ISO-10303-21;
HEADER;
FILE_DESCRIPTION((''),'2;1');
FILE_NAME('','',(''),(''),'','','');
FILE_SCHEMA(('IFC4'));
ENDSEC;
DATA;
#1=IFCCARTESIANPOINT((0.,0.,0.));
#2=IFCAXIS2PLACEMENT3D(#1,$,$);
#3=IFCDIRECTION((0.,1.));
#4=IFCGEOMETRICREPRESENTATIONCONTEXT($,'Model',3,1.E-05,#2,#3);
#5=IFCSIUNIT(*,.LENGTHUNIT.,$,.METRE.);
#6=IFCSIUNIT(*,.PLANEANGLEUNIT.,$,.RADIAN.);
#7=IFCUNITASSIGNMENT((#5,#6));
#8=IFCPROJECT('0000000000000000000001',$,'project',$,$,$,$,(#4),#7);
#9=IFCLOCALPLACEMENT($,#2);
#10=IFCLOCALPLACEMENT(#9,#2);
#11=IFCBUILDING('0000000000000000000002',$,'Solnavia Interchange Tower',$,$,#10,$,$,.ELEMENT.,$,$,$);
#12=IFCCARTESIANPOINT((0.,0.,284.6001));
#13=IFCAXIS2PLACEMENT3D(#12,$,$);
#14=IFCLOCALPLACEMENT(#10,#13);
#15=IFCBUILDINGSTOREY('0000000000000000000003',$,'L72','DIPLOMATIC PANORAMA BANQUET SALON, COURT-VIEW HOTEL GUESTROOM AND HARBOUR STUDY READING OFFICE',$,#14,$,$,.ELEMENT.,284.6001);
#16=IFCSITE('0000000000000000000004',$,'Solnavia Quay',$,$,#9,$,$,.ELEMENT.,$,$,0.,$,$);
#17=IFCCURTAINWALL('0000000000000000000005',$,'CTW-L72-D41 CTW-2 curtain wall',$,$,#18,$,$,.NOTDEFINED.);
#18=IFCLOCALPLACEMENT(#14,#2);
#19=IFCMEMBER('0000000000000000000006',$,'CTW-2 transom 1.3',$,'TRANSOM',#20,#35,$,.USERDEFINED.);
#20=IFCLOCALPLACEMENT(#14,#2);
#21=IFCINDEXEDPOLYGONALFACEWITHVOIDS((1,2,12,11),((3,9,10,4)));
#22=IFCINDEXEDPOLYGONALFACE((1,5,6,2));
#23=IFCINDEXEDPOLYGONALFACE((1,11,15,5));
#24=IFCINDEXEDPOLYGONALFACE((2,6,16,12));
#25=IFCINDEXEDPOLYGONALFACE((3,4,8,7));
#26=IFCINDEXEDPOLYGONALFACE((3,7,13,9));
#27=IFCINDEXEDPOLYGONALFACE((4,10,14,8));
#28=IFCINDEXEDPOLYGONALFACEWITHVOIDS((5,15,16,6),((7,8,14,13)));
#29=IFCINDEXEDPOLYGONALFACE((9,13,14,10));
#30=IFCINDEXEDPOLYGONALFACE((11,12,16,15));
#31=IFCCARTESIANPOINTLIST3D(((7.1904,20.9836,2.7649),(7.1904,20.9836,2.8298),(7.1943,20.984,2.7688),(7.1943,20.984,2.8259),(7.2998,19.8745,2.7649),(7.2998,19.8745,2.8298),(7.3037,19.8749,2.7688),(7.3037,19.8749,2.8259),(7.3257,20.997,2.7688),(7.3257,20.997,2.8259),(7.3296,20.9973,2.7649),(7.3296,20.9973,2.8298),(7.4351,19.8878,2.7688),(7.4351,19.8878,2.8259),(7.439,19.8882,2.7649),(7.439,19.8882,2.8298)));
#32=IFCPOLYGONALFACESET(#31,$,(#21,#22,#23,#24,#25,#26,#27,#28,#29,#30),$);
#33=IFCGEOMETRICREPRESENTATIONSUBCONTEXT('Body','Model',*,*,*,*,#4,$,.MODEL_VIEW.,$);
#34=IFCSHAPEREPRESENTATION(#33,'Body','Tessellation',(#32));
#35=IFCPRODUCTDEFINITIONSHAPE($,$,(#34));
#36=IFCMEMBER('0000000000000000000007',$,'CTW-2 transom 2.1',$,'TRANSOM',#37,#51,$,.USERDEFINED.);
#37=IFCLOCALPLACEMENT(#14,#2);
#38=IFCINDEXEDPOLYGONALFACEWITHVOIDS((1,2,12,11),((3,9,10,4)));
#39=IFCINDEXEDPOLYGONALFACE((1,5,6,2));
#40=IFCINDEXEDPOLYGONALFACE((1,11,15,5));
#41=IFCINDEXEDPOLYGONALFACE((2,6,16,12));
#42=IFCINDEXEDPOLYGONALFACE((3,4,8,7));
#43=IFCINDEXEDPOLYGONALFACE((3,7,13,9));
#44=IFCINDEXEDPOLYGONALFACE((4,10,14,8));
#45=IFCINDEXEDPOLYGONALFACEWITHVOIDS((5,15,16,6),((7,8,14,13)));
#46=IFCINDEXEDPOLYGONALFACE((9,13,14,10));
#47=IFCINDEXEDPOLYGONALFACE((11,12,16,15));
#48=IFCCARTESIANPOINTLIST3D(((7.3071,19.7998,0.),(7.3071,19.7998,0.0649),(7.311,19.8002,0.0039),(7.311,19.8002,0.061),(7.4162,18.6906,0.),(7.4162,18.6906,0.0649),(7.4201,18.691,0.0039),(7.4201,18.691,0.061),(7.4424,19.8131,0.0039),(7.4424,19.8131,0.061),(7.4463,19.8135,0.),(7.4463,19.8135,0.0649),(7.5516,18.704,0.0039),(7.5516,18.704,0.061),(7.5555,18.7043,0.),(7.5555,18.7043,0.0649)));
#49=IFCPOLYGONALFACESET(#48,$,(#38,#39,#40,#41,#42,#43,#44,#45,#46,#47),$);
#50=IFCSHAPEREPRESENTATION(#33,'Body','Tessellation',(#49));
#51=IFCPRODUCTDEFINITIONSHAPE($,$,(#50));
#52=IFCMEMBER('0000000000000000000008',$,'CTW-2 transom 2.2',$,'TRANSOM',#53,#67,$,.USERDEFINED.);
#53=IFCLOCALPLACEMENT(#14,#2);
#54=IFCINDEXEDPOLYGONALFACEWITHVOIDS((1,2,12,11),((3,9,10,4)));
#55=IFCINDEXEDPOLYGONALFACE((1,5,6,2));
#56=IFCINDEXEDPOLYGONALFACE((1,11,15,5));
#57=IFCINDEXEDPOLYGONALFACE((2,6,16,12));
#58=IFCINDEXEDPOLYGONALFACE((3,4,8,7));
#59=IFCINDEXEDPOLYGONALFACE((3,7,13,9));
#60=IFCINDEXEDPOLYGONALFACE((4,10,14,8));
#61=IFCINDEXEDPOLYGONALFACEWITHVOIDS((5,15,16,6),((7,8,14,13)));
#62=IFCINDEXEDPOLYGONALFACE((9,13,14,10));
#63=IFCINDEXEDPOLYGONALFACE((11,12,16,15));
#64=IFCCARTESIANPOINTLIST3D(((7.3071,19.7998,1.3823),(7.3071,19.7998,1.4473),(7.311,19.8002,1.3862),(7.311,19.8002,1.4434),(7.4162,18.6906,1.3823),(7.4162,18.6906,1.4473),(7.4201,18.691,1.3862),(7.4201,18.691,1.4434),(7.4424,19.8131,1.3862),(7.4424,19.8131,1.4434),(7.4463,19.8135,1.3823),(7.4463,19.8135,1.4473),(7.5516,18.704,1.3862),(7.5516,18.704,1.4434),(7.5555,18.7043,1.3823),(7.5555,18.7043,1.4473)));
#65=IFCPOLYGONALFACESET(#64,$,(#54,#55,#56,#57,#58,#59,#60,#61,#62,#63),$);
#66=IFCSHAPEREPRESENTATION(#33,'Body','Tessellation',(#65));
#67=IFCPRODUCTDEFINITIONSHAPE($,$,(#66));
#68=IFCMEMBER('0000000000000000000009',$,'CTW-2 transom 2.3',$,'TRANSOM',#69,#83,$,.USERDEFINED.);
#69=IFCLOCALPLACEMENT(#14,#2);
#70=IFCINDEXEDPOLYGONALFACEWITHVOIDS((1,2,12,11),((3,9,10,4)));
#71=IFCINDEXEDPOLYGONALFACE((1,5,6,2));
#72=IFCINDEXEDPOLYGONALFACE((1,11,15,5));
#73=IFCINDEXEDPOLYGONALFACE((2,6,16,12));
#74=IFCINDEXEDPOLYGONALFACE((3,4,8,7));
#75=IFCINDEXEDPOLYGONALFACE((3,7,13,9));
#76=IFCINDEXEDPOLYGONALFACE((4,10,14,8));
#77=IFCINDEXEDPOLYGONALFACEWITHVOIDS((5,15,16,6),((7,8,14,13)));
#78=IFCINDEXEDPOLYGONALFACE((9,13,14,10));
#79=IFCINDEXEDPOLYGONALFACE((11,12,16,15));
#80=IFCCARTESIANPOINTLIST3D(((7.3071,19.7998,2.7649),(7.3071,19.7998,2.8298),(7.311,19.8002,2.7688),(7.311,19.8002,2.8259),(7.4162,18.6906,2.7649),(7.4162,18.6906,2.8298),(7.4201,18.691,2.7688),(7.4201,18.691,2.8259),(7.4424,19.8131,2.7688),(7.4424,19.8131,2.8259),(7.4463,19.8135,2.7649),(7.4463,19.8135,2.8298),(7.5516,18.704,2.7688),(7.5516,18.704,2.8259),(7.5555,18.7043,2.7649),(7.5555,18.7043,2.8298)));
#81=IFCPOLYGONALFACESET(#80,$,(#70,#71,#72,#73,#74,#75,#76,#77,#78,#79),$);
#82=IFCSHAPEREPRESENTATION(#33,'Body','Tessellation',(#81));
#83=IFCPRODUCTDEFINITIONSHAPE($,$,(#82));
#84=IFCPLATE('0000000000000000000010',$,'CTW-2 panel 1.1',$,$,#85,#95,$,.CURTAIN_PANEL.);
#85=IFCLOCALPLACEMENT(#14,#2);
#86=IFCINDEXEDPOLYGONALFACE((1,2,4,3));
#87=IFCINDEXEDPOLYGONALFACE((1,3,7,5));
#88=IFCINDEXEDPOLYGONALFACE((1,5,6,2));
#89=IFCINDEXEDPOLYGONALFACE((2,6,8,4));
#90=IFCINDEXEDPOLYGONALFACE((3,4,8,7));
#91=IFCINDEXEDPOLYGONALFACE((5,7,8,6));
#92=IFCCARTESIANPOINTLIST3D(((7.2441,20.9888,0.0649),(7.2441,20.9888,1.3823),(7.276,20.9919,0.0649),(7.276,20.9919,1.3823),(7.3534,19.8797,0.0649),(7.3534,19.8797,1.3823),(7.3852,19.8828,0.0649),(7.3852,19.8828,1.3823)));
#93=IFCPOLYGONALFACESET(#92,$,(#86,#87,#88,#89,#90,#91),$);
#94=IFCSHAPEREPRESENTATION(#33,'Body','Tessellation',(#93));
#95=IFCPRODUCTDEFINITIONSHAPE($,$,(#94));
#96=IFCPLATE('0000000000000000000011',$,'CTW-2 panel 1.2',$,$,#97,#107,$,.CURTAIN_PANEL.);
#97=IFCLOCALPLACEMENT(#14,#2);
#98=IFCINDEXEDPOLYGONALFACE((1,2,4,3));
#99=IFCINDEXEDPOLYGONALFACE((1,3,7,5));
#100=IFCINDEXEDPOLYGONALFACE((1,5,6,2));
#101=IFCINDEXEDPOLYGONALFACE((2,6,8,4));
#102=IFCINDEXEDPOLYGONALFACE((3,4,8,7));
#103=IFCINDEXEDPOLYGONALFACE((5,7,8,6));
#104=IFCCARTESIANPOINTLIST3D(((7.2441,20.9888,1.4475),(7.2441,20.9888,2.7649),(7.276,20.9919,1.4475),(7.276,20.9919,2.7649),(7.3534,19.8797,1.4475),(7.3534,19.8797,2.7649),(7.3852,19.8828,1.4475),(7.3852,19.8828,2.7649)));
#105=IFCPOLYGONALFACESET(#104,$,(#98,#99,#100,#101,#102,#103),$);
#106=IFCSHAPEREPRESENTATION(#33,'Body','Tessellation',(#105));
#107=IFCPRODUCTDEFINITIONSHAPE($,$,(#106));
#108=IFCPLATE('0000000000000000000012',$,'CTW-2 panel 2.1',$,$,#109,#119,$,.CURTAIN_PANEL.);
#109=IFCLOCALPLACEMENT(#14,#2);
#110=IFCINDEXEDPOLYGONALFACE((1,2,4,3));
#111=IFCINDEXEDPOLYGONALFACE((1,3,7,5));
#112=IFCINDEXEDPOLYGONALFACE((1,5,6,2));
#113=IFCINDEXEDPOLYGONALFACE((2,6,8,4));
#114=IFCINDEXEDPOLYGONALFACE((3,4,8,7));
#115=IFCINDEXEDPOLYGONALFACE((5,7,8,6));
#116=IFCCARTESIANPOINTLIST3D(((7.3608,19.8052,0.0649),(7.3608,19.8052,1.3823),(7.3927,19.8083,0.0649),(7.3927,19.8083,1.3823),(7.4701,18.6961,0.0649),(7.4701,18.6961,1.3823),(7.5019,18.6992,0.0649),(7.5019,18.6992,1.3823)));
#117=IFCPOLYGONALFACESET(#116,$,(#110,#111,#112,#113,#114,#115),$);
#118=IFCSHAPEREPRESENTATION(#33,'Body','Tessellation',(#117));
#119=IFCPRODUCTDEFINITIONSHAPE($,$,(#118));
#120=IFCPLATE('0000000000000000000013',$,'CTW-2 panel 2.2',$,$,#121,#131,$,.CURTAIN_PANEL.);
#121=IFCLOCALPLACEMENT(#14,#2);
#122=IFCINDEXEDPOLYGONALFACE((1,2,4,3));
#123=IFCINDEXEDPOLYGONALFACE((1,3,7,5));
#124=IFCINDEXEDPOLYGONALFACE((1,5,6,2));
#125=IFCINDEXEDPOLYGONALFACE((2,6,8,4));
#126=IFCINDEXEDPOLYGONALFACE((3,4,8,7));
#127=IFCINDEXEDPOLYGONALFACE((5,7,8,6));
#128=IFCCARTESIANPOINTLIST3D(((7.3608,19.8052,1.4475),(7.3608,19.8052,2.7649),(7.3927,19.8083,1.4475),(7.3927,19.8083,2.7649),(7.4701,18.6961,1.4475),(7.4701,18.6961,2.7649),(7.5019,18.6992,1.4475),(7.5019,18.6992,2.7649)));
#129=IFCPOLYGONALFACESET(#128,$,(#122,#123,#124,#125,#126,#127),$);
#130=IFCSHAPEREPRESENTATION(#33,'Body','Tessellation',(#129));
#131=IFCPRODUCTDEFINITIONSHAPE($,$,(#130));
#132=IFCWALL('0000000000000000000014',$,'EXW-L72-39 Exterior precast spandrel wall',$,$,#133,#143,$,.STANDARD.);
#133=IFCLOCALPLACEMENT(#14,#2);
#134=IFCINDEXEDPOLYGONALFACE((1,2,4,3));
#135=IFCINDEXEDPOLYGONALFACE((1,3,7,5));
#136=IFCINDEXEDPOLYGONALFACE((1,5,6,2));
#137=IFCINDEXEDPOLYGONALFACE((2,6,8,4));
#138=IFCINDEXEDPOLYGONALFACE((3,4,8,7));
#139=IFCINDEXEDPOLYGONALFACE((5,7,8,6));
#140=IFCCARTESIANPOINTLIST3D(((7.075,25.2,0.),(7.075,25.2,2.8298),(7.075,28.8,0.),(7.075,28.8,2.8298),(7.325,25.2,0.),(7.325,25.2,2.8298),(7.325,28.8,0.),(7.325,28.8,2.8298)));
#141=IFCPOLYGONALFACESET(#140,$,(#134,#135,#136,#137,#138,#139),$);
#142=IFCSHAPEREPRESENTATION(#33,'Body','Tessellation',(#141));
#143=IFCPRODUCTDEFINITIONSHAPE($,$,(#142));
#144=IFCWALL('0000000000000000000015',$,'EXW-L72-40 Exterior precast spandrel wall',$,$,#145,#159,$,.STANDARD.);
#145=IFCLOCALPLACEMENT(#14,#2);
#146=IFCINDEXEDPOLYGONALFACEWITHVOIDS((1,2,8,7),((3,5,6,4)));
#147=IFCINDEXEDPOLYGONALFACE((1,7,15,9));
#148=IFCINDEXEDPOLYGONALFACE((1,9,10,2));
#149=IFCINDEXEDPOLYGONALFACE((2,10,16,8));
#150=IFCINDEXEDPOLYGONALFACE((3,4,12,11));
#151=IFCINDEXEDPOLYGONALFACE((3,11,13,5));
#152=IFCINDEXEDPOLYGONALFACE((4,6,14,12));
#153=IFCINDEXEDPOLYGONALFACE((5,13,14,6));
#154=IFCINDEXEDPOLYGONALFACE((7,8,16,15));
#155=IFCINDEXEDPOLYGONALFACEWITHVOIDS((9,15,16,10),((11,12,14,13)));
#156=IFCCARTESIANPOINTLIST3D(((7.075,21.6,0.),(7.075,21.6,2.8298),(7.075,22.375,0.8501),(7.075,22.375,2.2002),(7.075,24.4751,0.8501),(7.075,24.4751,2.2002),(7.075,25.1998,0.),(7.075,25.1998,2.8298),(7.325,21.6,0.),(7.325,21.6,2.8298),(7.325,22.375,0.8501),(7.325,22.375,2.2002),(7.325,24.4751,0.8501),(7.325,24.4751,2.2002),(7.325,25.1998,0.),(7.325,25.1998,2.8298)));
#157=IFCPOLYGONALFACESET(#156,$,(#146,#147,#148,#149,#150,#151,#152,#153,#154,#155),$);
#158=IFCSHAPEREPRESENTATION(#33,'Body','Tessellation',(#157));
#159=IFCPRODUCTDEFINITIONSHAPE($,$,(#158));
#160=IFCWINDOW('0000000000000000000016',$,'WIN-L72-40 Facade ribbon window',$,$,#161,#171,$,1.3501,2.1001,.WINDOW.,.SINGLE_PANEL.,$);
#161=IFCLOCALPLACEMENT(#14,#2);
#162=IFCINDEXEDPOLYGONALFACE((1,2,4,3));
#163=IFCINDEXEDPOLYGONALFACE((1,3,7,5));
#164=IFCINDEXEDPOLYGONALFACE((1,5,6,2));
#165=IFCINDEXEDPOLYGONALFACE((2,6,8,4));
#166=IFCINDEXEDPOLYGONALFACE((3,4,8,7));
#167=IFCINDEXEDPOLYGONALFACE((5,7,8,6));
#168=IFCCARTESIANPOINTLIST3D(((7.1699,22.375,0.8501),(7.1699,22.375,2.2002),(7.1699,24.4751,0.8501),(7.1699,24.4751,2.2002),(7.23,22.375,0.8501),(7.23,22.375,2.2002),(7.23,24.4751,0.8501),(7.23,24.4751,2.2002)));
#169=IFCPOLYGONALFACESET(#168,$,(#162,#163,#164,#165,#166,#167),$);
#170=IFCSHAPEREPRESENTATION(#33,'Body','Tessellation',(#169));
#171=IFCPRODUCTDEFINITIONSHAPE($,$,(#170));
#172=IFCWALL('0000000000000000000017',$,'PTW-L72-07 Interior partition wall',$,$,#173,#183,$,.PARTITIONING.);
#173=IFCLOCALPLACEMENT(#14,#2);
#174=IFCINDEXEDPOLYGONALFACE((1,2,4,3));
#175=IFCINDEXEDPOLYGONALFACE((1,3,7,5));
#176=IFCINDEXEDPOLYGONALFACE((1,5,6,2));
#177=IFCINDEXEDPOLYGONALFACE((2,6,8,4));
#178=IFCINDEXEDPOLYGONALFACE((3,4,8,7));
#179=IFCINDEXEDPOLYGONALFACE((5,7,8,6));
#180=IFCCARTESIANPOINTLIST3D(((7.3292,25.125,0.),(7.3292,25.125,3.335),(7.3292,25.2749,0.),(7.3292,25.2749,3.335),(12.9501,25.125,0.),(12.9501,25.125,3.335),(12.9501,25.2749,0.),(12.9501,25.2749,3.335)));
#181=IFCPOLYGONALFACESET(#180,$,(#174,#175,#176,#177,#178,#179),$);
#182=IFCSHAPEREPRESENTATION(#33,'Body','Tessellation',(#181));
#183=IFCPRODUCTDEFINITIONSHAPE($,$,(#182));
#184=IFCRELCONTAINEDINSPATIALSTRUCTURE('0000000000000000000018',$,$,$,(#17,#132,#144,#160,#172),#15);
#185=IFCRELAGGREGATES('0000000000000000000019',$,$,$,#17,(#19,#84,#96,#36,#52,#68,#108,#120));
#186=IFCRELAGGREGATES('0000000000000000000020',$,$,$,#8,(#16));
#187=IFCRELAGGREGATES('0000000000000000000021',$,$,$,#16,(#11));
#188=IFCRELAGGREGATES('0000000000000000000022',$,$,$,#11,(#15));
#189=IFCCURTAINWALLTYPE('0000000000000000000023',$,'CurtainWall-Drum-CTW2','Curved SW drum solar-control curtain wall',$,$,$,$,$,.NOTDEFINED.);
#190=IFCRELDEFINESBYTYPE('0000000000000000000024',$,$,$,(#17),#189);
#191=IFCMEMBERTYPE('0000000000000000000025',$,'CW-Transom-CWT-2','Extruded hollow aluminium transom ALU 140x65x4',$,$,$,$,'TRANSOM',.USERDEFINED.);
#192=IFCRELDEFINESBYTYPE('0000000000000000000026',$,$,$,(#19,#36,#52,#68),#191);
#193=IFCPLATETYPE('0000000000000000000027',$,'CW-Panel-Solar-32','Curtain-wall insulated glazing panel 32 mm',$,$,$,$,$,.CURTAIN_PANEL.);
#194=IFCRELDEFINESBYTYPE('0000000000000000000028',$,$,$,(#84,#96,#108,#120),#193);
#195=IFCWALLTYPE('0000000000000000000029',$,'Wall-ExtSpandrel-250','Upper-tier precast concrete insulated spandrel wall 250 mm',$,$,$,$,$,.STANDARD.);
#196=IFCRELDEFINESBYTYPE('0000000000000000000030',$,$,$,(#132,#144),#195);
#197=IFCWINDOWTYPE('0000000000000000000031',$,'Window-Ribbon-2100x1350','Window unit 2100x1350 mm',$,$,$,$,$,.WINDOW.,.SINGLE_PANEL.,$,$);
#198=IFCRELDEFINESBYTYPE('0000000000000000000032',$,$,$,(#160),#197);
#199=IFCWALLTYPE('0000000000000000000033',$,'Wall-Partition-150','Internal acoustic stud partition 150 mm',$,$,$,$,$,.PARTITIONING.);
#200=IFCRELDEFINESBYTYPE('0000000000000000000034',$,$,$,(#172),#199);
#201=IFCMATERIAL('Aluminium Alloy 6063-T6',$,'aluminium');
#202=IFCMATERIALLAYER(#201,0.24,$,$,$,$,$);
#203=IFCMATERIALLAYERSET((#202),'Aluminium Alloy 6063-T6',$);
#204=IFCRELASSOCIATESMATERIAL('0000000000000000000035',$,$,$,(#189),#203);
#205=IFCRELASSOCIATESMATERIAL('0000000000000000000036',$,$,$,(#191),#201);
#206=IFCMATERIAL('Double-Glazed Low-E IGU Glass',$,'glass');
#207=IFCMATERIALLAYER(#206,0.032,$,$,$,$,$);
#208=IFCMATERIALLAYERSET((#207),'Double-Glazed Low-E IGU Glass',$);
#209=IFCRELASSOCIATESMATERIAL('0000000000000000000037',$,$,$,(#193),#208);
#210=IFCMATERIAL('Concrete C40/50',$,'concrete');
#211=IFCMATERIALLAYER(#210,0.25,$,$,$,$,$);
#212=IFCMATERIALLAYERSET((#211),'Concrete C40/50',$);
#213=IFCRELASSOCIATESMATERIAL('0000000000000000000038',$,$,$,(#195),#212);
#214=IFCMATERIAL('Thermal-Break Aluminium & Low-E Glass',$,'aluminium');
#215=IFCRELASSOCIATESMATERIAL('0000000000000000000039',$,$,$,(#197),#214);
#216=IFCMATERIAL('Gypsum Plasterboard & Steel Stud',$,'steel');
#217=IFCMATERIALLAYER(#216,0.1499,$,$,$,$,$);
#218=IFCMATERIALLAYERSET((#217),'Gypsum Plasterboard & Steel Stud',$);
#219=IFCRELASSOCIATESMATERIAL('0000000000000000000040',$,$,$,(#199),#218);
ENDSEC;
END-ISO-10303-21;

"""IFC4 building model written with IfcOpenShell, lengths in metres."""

from ifc_helpers import new_model, si_unit, direction, frame, frame_2d, origin, origin_2d, place, context, subcontext, project, spatial, rectangle, hollow_rectangle, extrude, material, layer, layer_set, material_profile, profile_set, type_object, element, fill, aggregate, save


model = new_model("IFC4")

# Units and contexts
model_context = context("Model", 3, precision=1e-05, world=origin(), true_north=direction((0.0, 1.0)))
body_context = subcontext(model_context, "Body", "Model", "MODEL_VIEW")
ifc_project = project(units=[si_unit("LENGTHUNIT", "METRE"), si_unit("PLANEANGLEUNIT", "RADIAN")], contexts=[model_context])

# Site, building, storey
site_placement = place(None, origin())
site = spatial("IfcSite", under=ifc_project, at=site_placement, Name="Solnavia Quay", CompositionType="ELEMENT", RefElevation=0.0)
building_placement = place(site_placement, origin())
building = spatial("IfcBuilding", under=site, at=building_placement, Name="Solnavia Interchange Tower", CompositionType="ELEMENT")
storey_placement = place(building_placement, frame((0.0, 0.0, 284.6001)))
storey = spatial("IfcBuildingStorey", under=building, at=storey_placement, Name="L72", Description="DIPLOMATIC PANORAMA BANQUET SALON, COURT-VIEW HOTEL GUESTROOM AND HARBOUR STUDY READING OFFICE", CompositionType="ELEMENT", Elevation=284.6001)

# Curtain wall, members, plates
ifc_material_1 = material(Name="Aluminium Alloy 6063-T6", Category="aluminium")
ifc_layer_1 = layer(ifc_material_1, 0.24)
ifc_layer_set_1 = layer_set([ifc_layer_1], Name="Aluminium Alloy 6063-T6")
curtain_wall_type = type_object("IfcCurtainWallType", Name="CurtainWall-Drum-CTW2", Description="Curved SW drum solar-control curtain wall", PredefinedType="NOTDEFINED", material=ifc_layer_set_1)
curtain_wall_placement = place(storey_placement, origin())
curtain_wall = element("IfcCurtainWall", 1, at=curtain_wall_placement, inside=storey, type_object=curtain_wall_type, Name="CTW-L72-D41 CTW-2 curtain wall", PredefinedType="NOTDEFINED")
ifc_material_profile_1 = material_profile(ifc_material_1, hollow_rectangle(XDim=0.0649, YDim=0.1399, WallThickness=0.0039, at=origin_2d()), Name="ALU 140x65x4")
ifc_profile_set_1 = profile_set([ifc_material_profile_1], Name="Aluminium Alloy 6063-T6")
member_type_1 = type_object("IfcMemberType", Name="CW-Transom-CWT-2", Description="Extruded hollow aluminium transom ALU 140x65x4", ElementType="TRANSOM", PredefinedType="USERDEFINED", material=ifc_profile_set_1)
member_1_placement = place(storey_placement, frame((7.26, 20.9905, 2.7974), z_axis=(0.098137, -0.995173, 0.0), x_axis=(0.0, 0.0, 1.0)))
member_1 = element("IfcMember", 2, at=member_1_placement, type_object=member_type_1, Name="CTW-2 transom 1.3", ObjectType="TRANSOM", PredefinedType="USERDEFINED", context=body_context, shape_type="SweptSolid", body=[
    extrude(hollow_rectangle(XDim=0.0649, YDim=0.1399, WallThickness=0.0039, at=origin_2d()), origin(), (0.0, 0.0, 1.0), 1.1145),
])
member_2_placement = place(storey_placement, frame((7.3767, 19.8066, 0.0325), z_axis=(0.09792, -0.995194, 0.0), x_axis=(0.0, 0.0, 1.0)))
member_2 = element("IfcMember", 3, at=member_2_placement, type_object=member_type_1, Name="CTW-2 transom 2.1", ObjectType="TRANSOM", PredefinedType="USERDEFINED", context=body_context, shape_type="SweptSolid", body=[
    extrude(hollow_rectangle(XDim=0.0649, YDim=0.1399, WallThickness=0.0039, at=origin_2d()), origin(), (0.0, 0.0, 1.0), 1.1145),
])
member_3_placement = place(storey_placement, frame((7.3767, 19.8066, 1.4148), z_axis=(0.09792, -0.995194, 0.0), x_axis=(0.0, 0.0, 1.0)))
member_3 = element("IfcMember", 4, at=member_3_placement, type_object=member_type_1, Name="CTW-2 transom 2.2", ObjectType="TRANSOM", PredefinedType="USERDEFINED", context=body_context, shape_type="SweptSolid", body=[
    extrude(hollow_rectangle(XDim=0.0649, YDim=0.1399, WallThickness=0.0039, at=origin_2d()), origin(), (0.0, 0.0, 1.0), 1.1145),
])
member_4_placement = place(storey_placement, frame((7.3767, 19.8066, 2.7974), z_axis=(0.09792, -0.995194, 0.0), x_axis=(0.0, 0.0, 1.0)))
member_4 = element("IfcMember", 5, at=member_4_placement, type_object=member_type_1, Name="CTW-2 transom 2.3", ObjectType="TRANSOM", PredefinedType="USERDEFINED", context=body_context, shape_type="SweptSolid", body=[
    extrude(hollow_rectangle(XDim=0.0649, YDim=0.1399, WallThickness=0.0039, at=origin_2d()), origin(), (0.0, 0.0, 1.0), 1.1145),
])
ifc_material_2 = material(Name="Double-Glazed Low-E IGU Glass", Category="glass")
ifc_layer_2 = layer(ifc_material_2, 0.032)
ifc_layer_set_2 = layer_set([ifc_layer_2], Name="Double-Glazed Low-E IGU Glass")
plate_type = type_object("IfcPlateType", Name="CW-Panel-Solar-32", Description="Curtain-wall insulated glazing panel 32 mm", PredefinedType="CURTAIN_PANEL", material=ifc_layer_set_2)
plate_1_placement = place(storey_placement, frame((7.3147, 20.4358, 0.0649), z_axis=(0.0, 0.0, 1.0), x_axis=(0.098043, -0.995182, 0.0)))
plate_1 = element("IfcPlate", 6, at=plate_1_placement, type_object=plate_type, Name="CTW-2 panel 1.1", PredefinedType="CURTAIN_PANEL", context=body_context, shape_type="SweptSolid", body=[
    extrude(rectangle(XDim=1.1145, YDim=0.032, at=origin_2d()), origin(), (0.0, 0.0, 1.0), 1.3174),
])
plate_2_placement = place(storey_placement, frame((7.3147, 20.4358, 1.4475), z_axis=(0.0, 0.0, 1.0), x_axis=(0.098043, -0.995182, 0.0)))
plate_2 = element("IfcPlate", 7, at=plate_2_placement, type_object=plate_type, Name="CTW-2 panel 1.2", PredefinedType="CURTAIN_PANEL", context=body_context, shape_type="SweptSolid", body=[
    extrude(rectangle(XDim=1.1145, YDim=0.032, at=origin_2d()), origin(), (0.0, 0.0, 1.0), 1.3174),
])
plate_3_placement = place(storey_placement, frame((7.4314, 19.2522, 0.0649), z_axis=(0.0, 0.0, 1.0), x_axis=(0.098043, -0.995182, 0.0)))
plate_3 = element("IfcPlate", 8, at=plate_3_placement, type_object=plate_type, Name="CTW-2 panel 2.1", PredefinedType="CURTAIN_PANEL", context=body_context, shape_type="SweptSolid", body=[
    extrude(rectangle(XDim=1.1145, YDim=0.032, at=origin_2d()), origin(), (0.0, 0.0, 1.0), 1.3174),
])
plate_4_placement = place(storey_placement, frame((7.4314, 19.2522, 1.4475), z_axis=(0.0, 0.0, 1.0), x_axis=(0.098043, -0.995182, 0.0)))
plate_4 = element("IfcPlate", 9, at=plate_4_placement, type_object=plate_type, Name="CTW-2 panel 2.2", PredefinedType="CURTAIN_PANEL", context=body_context, shape_type="SweptSolid", body=[
    extrude(rectangle(XDim=1.1145, YDim=0.032, at=origin_2d()), origin(), (0.0, 0.0, 1.0), 1.3174),
])
aggregate(curtain_wall, [member_1, plate_1, plate_2, member_2, member_3, member_4, plate_3, plate_4])

# Wall
ifc_material_3 = material(Name="Concrete C40/50", Category="concrete")
ifc_layer_3 = layer(ifc_material_3, 0.25)
ifc_layer_set_3 = layer_set([ifc_layer_3], Name="Concrete C40/50")
wall_type_1 = type_object("IfcWallType", Name="Wall-ExtSpandrel-250", Description="Upper-tier precast concrete insulated spandrel wall 250 mm", PredefinedType="STANDARD", material=ifc_layer_set_3)
wall_1_placement = place(storey_placement, frame((7.2, 25.2, 0.0), z_axis=(0.0, 0.0, 1.0), x_axis=(0.0, 1.0, 0.0)))
element("IfcWall", 10, at=wall_1_placement, inside=storey, type_object=wall_type_1, Name="EXW-L72-39 Exterior precast spandrel wall", PredefinedType="STANDARD", context=body_context, shape_type="SweptSolid", body=[
    extrude(rectangle(XDim=3.6001, YDim=0.25, at=frame_2d((1.8, 0.0))), origin(), (0.0, 0.0, 1.0), 2.8298),
])

# Wall, opening, window
wall_2_placement = place(storey_placement, frame((7.2, 21.6001, 0.0), z_axis=(0.0, 0.0, 1.0), x_axis=(0.0, 1.0, 0.0)))
wall_2 = element("IfcWall", 11, at=wall_2_placement, inside=storey, type_object=wall_type_1, Name="EXW-L72-40 Exterior precast spandrel wall", PredefinedType="STANDARD", context=body_context, shape_type="SweptSolid", body=[
    extrude(rectangle(XDim=3.5999, YDim=0.25, at=frame_2d((1.7998, 0.0))), origin(), (0.0, 0.0, 1.0), 2.8298),
])
opening_placement = place(wall_2_placement, frame((0.7749, 0.0, 0.8501)))
opening = element("IfcOpeningElement", 12, at=opening_placement, cuts=wall_2, PredefinedType="OPENING", context=body_context, shape_type="SweptSolid", body=[
    extrude(rectangle(XDim=2.1001, YDim=1.3501, at=frame_2d((1.05, 0.675))), frame((0.0, 0.135, 0.0), z_axis=(0.0, -1.0, 0.0), x_axis=(1.0, 0.0, 0.0)), (0.0, 0.0, 1.0), 0.27),
])
ifc_material_4 = material(Name="Thermal-Break Aluminium & Low-E Glass", Category="aluminium")
window_type = type_object("IfcWindowType", Name="Window-Ribbon-2100x1350", Description="Window unit 2100x1350 mm", PartitioningType="SINGLE_PANEL", PredefinedType="WINDOW", material=ifc_material_4)
window_placement = place(opening_placement, origin())
window = element("IfcWindow", 13, at=window_placement, inside=storey, type_object=window_type, Name="WIN-L72-40 Facade ribbon window", OverallHeight=1.3501, OverallWidth=2.1001, PartitioningType="SINGLE_PANEL", PredefinedType="WINDOW", context=body_context, shape_type="SweptSolid", body=[
    extrude(rectangle(XDim=2.1001, YDim=1.3501, at=frame_2d((1.05, 0.675))), frame((0.0, 0.03, 0.0), z_axis=(0.0, -1.0, 0.0), x_axis=(1.0, 0.0, 0.0)), (0.0, 0.0, 1.0), 0.0601),
])
fill(opening, window)

# Wall
ifc_material_5 = material(Name="Gypsum Plasterboard & Steel Stud", Category="steel")
ifc_layer_4 = layer(ifc_material_5, 0.1499)
ifc_layer_set_4 = layer_set([ifc_layer_4], Name="Gypsum Plasterboard & Steel Stud")
wall_type_2 = type_object("IfcWallType", Name="Wall-Partition-150", Description="Internal acoustic stud partition 150 mm", PredefinedType="PARTITIONING", material=ifc_layer_set_4)
wall_3_placement = place(storey_placement, frame((7.3291, 25.2, 0.0), z_axis=(0.0, 0.0, 1.0), x_axis=(1.0, 0.0, 0.0)))
element("IfcWall", 14, at=wall_3_placement, inside=storey, type_object=wall_type_2, Name="PTW-L72-07 Interior partition wall", PredefinedType="PARTITIONING", context=body_context, shape_type="SweptSolid", body=[
    extrude(rectangle(XDim=5.6208, YDim=0.1499, at=frame_2d((2.8105, 0.0))), origin(), (0.0, 0.0, 1.0), 3.335),
])

save(model, "model.ifc")
